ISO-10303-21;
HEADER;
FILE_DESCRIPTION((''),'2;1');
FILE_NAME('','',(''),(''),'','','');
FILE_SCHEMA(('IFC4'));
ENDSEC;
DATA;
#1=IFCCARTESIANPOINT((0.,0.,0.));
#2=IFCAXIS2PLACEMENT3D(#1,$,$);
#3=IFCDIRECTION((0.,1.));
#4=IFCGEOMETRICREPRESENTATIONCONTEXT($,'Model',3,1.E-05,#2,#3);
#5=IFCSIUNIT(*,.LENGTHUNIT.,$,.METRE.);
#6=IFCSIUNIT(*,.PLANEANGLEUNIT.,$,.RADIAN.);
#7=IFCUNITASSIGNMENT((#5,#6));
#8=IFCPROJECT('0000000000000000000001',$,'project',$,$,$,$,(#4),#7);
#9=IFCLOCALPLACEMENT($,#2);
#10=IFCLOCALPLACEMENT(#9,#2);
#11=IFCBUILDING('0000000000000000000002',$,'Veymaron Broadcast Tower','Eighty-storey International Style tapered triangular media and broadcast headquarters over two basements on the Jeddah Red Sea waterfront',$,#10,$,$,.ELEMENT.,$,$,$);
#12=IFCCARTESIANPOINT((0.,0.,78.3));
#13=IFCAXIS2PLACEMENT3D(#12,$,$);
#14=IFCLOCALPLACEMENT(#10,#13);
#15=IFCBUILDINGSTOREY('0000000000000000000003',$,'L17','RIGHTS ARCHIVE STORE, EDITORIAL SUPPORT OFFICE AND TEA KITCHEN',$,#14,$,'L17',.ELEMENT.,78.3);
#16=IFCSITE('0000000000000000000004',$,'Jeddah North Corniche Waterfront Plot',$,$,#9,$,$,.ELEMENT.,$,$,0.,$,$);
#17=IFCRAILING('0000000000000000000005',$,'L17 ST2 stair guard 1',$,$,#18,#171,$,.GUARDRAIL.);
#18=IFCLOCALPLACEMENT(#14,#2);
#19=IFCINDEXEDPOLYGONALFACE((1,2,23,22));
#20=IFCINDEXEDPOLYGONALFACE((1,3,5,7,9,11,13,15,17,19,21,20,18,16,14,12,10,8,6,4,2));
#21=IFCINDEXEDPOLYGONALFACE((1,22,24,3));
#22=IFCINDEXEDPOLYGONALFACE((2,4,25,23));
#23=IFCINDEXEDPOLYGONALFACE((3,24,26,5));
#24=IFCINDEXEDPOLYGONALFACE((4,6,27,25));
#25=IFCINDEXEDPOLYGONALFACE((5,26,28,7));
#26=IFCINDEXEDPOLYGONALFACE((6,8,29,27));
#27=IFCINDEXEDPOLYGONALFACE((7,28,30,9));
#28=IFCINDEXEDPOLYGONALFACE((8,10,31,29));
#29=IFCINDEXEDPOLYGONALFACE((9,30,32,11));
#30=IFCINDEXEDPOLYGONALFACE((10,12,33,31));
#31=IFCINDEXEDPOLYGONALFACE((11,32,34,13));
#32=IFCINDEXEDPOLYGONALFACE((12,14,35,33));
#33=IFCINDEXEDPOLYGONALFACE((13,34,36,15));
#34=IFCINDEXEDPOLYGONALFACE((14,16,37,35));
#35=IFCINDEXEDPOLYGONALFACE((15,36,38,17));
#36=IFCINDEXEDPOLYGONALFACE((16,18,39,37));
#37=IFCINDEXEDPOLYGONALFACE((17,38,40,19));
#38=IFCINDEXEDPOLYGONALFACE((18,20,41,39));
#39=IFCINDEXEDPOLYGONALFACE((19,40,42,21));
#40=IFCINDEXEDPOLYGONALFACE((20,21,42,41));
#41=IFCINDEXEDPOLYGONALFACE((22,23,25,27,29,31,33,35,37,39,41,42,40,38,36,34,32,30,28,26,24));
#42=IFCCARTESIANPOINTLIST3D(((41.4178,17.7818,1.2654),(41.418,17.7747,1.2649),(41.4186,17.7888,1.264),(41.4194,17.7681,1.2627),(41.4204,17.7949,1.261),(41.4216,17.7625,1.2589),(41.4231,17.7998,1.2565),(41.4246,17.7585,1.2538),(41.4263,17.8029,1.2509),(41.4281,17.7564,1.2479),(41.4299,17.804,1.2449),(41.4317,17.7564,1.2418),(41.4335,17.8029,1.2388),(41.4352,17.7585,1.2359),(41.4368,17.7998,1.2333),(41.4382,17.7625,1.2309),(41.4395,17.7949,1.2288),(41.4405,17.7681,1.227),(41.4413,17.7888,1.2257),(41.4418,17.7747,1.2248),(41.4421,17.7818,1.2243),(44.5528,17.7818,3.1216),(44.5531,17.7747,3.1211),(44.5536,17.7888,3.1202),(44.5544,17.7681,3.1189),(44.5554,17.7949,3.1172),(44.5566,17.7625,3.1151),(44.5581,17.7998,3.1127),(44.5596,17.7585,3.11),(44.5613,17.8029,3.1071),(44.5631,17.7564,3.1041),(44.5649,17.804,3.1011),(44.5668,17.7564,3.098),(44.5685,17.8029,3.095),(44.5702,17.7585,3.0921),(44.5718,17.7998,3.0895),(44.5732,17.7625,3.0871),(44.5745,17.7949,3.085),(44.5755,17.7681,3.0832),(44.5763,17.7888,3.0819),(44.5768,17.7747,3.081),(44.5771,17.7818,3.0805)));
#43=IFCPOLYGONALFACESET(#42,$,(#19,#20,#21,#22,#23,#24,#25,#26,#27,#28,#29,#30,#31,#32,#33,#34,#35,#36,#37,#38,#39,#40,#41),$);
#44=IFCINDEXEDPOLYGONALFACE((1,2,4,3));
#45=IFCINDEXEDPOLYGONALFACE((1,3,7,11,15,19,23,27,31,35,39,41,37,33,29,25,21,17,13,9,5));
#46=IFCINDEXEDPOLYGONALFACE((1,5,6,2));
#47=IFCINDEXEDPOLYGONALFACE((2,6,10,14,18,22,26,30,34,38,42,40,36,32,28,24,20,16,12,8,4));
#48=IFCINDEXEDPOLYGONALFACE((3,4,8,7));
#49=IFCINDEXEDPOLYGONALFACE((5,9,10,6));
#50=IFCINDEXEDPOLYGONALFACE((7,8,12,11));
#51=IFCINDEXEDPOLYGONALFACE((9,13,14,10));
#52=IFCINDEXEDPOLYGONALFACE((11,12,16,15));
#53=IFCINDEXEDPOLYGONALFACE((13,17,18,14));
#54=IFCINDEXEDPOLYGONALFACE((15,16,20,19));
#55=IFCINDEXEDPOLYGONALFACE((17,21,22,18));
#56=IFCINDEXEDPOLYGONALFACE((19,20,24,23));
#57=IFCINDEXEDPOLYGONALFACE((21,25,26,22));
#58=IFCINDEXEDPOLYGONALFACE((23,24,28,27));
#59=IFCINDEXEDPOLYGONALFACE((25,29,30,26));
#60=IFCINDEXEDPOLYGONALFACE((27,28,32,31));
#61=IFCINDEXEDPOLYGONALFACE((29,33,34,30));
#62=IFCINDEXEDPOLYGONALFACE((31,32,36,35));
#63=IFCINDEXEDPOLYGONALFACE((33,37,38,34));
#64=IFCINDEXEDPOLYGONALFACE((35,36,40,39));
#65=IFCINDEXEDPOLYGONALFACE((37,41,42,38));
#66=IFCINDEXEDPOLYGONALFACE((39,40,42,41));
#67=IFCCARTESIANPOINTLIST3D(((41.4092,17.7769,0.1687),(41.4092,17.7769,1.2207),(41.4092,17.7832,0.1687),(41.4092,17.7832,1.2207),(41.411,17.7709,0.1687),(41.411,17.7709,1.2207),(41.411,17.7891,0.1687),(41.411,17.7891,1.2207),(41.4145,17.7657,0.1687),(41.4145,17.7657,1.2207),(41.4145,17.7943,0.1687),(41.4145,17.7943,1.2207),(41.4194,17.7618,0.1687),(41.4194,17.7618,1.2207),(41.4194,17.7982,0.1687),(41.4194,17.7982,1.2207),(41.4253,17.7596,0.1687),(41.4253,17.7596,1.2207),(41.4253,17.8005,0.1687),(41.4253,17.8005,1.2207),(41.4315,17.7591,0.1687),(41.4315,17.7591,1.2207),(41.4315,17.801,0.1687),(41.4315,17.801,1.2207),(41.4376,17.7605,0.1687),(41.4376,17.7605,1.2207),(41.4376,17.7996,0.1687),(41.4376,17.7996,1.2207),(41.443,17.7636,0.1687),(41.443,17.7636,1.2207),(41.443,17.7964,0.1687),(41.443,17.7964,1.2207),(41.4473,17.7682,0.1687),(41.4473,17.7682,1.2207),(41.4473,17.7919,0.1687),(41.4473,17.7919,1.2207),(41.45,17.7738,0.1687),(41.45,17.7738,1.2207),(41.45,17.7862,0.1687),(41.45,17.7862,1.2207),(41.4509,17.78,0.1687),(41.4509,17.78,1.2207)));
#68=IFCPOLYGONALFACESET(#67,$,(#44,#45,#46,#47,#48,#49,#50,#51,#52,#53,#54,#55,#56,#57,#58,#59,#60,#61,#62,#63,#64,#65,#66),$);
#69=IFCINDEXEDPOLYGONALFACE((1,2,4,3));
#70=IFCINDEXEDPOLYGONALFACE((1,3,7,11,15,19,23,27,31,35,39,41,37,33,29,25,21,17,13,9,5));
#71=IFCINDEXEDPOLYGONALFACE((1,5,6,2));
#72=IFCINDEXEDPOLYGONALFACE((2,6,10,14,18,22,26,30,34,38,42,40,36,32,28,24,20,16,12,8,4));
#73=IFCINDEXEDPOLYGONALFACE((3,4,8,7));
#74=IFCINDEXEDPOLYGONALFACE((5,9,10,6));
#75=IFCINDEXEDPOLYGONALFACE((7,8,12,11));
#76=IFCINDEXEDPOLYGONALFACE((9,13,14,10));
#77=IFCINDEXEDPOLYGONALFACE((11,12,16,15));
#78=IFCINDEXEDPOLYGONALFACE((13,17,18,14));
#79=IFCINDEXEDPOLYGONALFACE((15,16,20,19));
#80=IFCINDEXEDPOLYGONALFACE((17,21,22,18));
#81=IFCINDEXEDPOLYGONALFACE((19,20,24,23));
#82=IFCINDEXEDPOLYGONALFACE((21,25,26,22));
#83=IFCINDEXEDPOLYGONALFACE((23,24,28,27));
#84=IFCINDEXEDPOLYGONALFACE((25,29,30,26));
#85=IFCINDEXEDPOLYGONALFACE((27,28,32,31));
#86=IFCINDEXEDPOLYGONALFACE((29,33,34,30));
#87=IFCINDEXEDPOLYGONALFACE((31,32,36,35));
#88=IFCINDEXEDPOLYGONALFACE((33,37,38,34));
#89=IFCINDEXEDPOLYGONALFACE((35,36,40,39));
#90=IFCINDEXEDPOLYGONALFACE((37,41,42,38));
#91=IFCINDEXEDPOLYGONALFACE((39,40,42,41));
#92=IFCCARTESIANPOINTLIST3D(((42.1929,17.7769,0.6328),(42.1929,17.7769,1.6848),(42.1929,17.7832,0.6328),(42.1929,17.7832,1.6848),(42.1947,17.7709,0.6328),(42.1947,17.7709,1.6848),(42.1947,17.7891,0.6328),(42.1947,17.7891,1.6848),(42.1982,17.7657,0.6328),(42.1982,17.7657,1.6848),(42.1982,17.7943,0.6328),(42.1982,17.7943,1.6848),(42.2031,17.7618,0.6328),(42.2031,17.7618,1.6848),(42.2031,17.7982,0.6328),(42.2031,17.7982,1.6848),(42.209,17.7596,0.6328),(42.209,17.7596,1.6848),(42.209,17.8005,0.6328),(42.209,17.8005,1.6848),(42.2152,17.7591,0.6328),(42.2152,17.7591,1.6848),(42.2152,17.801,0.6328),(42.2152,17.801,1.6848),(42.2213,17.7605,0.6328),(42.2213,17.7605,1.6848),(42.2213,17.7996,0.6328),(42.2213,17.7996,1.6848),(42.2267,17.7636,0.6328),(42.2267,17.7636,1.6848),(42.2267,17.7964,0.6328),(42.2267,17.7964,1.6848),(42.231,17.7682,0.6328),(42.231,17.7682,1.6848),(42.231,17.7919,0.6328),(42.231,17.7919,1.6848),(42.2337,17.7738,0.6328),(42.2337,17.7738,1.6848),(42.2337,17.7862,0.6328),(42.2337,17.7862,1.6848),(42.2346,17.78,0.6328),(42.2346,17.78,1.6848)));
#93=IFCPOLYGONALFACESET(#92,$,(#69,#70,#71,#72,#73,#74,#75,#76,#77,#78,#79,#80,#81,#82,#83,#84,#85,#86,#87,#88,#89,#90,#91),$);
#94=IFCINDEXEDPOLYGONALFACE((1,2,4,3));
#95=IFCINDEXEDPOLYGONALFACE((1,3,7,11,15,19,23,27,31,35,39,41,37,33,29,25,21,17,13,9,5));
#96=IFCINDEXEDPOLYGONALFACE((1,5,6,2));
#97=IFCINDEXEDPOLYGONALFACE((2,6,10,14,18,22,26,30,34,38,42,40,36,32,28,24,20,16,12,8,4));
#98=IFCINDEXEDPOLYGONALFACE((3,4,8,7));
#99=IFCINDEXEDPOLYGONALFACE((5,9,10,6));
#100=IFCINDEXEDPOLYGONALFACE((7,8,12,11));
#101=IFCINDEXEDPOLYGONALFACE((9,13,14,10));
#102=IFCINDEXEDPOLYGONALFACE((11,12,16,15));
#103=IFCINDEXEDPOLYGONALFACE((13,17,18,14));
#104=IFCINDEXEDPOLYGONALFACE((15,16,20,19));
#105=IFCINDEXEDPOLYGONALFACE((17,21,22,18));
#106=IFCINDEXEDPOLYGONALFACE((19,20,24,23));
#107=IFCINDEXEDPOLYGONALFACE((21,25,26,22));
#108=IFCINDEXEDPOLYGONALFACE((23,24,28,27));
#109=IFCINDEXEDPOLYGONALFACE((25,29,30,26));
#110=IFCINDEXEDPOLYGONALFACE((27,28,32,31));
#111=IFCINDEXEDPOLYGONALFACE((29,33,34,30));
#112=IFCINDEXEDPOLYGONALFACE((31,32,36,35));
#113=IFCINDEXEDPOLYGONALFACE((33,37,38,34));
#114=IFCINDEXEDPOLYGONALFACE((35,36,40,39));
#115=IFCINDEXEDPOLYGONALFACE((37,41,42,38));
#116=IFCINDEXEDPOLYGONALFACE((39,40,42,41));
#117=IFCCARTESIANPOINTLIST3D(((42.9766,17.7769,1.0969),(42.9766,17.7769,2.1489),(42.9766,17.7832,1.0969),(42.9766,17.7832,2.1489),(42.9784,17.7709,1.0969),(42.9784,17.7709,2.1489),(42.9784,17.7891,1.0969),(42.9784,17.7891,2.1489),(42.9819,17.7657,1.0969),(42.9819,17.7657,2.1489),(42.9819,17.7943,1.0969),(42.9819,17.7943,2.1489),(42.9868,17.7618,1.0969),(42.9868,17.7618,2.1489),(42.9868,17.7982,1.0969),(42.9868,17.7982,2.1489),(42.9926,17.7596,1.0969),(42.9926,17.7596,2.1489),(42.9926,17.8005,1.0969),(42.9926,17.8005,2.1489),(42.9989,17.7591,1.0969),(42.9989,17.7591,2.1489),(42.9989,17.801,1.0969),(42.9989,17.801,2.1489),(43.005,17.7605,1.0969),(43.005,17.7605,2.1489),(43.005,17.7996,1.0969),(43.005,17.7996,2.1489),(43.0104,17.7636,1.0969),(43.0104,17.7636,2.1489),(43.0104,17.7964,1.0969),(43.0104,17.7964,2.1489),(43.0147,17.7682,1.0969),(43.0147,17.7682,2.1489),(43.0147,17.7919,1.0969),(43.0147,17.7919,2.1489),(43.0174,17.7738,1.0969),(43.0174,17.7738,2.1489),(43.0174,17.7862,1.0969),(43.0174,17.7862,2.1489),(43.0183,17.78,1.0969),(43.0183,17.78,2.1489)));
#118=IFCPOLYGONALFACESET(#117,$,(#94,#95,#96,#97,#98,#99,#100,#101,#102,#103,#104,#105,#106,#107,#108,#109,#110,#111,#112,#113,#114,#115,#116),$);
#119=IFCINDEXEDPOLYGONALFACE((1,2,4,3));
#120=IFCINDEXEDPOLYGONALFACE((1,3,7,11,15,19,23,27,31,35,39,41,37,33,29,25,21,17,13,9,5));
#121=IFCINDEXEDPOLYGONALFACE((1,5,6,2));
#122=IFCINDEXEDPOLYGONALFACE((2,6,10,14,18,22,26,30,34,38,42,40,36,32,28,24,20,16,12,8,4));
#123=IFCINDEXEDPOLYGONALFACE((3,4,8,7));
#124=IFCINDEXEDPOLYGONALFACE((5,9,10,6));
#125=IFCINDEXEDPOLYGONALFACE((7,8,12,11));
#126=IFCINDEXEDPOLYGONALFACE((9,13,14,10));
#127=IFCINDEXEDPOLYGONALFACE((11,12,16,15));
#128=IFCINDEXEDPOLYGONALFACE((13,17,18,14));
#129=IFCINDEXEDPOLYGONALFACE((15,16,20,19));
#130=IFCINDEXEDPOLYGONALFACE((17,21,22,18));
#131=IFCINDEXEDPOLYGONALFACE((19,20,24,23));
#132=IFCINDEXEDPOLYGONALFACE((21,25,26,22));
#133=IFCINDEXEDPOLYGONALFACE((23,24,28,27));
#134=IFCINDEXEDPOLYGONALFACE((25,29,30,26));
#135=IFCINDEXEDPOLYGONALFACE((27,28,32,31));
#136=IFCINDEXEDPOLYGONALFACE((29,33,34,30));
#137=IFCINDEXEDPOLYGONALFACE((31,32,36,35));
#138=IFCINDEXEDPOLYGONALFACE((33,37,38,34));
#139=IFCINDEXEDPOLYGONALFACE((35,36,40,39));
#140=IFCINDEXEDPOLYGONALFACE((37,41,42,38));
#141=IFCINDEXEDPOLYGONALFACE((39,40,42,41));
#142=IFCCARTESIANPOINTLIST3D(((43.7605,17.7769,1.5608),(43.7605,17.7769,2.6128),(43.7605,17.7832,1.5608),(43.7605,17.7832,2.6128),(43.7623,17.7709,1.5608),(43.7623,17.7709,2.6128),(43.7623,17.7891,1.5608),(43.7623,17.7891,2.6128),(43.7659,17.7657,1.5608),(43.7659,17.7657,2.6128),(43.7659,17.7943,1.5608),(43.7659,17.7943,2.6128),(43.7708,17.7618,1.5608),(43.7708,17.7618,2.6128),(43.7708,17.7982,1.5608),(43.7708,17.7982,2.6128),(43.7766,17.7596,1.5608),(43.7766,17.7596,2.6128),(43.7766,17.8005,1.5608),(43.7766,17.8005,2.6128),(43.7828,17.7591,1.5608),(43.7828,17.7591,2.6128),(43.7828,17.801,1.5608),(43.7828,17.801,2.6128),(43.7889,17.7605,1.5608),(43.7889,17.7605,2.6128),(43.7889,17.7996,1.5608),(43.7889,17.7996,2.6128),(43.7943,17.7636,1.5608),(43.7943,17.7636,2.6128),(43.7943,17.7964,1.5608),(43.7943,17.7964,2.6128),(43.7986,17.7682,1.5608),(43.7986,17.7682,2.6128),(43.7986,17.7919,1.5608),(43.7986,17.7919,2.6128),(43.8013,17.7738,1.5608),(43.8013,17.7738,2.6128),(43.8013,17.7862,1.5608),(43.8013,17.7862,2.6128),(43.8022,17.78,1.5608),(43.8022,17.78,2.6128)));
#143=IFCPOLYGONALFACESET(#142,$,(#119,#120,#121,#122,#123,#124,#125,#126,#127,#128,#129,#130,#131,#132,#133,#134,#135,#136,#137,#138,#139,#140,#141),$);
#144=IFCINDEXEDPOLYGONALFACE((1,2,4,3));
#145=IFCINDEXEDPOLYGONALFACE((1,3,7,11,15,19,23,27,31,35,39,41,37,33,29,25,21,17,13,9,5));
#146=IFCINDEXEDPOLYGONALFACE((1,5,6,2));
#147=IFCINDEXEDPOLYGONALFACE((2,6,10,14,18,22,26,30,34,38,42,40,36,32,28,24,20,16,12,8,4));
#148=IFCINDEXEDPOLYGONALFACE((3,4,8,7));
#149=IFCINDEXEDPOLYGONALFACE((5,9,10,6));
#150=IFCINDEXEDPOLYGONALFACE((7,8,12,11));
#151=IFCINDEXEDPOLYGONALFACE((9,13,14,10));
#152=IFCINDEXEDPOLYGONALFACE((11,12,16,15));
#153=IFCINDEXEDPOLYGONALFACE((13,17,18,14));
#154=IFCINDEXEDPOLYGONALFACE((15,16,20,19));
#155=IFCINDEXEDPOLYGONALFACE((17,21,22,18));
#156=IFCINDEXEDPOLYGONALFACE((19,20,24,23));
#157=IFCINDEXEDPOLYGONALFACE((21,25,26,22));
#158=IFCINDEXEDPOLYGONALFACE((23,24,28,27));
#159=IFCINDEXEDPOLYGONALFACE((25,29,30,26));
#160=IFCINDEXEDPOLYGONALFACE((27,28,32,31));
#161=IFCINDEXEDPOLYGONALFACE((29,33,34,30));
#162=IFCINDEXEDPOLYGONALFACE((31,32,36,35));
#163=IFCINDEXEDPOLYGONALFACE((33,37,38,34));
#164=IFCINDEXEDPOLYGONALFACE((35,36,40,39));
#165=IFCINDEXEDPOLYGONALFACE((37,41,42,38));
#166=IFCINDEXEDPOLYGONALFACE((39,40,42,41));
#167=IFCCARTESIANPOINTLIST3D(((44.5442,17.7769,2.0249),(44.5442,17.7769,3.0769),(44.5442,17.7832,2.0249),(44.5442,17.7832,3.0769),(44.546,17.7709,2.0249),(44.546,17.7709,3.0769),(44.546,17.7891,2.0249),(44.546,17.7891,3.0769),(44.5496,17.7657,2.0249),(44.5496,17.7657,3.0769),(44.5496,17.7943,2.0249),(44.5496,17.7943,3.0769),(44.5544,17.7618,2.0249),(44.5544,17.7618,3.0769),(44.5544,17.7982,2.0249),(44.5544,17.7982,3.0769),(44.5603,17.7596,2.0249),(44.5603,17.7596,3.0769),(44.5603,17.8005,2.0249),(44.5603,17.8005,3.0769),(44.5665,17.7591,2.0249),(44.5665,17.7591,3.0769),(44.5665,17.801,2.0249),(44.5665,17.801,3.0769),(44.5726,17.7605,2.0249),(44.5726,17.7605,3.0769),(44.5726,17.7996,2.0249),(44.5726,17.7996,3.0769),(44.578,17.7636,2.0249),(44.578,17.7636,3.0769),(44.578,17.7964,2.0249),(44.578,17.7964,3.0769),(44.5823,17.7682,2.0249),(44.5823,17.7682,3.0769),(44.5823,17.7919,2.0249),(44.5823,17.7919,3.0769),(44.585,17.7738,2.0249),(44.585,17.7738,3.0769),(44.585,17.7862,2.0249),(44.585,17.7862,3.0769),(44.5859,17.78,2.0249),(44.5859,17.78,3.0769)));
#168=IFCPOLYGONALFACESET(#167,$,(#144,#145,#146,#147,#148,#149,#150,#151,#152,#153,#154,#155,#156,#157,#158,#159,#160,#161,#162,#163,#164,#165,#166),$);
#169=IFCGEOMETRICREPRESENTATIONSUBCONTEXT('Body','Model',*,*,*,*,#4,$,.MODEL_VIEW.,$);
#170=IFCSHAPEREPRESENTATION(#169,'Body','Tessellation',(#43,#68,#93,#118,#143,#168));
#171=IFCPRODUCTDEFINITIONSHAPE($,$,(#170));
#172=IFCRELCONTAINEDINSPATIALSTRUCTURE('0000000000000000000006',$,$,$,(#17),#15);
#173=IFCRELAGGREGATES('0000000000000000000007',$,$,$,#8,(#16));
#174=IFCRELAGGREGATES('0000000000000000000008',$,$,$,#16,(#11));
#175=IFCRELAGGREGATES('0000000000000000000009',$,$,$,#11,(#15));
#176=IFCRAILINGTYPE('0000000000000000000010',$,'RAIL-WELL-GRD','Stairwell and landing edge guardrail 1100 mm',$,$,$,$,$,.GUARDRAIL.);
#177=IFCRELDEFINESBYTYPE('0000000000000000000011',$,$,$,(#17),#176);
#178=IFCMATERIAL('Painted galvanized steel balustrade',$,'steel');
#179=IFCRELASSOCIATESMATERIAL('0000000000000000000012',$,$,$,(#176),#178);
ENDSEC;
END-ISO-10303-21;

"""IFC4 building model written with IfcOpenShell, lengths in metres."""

from ifc_helpers import new_model, si_unit, direction, frame, origin, origin_2d, place, context, subcontext, project, spatial, circle, extrude, material, type_object, element, save


model = new_model("IFC4")

# Units and contexts
model_context = context("Model", 3, precision=1e-05, world=origin(), true_north=direction((0.0, 1.0)))
body_context = subcontext(model_context, "Body", "Model", "MODEL_VIEW")
ifc_project = project(units=[si_unit("LENGTHUNIT", "METRE"), si_unit("PLANEANGLEUNIT", "RADIAN")], contexts=[model_context])

# Site, building, storey
site_placement = place(None, origin())
site = spatial("IfcSite", under=ifc_project, at=site_placement, Name="Jeddah North Corniche Waterfront Plot", CompositionType="ELEMENT", RefElevation=0.0)
building_placement = place(site_placement, origin())
building = spatial("IfcBuilding", under=site, at=building_placement, Name="Veymaron Broadcast Tower", Description="Eighty-storey International Style tapered triangular media and broadcast headquarters over two basements on the Jeddah Red Sea waterfront", CompositionType="ELEMENT")
storey_placement = place(building_placement, frame((0.0, 0.0, 78.3)))
storey = spatial("IfcBuildingStorey", under=building, at=storey_placement, Name="L17", Description="RIGHTS ARCHIVE STORE, EDITORIAL SUPPORT OFFICE AND TEA KITCHEN", LongName="L17", CompositionType="ELEMENT", Elevation=78.3)

# Railing
ifc_material_1 = material(Name="Painted galvanized steel balustrade", Category="steel")
railing_type_1 = type_object("IfcRailingType", Name="RAIL-WELL-GRD", Description="Stairwell and landing edge guardrail 1100 mm", PredefinedType="GUARDRAIL", material=ifc_material_1)
railing_1_placement = place(storey_placement, frame((41.4299, 17.78, 0.1687)))
element("IfcRailing", 1, at=railing_1_placement, inside=storey, type_object=railing_type_1, Name="L17 ST2 stair guard 1", PredefinedType="GUARDRAIL", context=body_context, shape_type="SweptSolid", body=[
    extrude(circle(Radius=0.0239, at=origin_2d()), frame((0.0, 0.0, 1.0762), z_axis=(0.860482, 0.0, 0.509481), x_axis=(0.0, 1.0, 0.0)), (0.0, 0.0, 1.0), 3.6433),
    extrude(circle(Radius=0.021, at=origin_2d()), origin(), (0.0, 0.0, 1.0), 1.052),
    extrude(circle(Radius=0.021, at=origin_2d()), frame((0.7837, 0.0, 0.4641)), (0.0, 0.0, 1.0), 1.052),
    extrude(circle(Radius=0.021, at=origin_2d()), frame((1.5674, 0.0, 0.9282)), (0.0, 0.0, 1.0), 1.052),
    extrude(circle(Radius=0.021, at=origin_2d()), frame((2.3513, 0.0, 1.3921)), (0.0, 0.0, 1.0), 1.052),
    extrude(circle(Radius=0.021, at=origin_2d()), frame((3.135, 0.0, 1.8562)), (0.0, 0.0, 1.0), 1.052),
])

save(model, "model.ifc")
